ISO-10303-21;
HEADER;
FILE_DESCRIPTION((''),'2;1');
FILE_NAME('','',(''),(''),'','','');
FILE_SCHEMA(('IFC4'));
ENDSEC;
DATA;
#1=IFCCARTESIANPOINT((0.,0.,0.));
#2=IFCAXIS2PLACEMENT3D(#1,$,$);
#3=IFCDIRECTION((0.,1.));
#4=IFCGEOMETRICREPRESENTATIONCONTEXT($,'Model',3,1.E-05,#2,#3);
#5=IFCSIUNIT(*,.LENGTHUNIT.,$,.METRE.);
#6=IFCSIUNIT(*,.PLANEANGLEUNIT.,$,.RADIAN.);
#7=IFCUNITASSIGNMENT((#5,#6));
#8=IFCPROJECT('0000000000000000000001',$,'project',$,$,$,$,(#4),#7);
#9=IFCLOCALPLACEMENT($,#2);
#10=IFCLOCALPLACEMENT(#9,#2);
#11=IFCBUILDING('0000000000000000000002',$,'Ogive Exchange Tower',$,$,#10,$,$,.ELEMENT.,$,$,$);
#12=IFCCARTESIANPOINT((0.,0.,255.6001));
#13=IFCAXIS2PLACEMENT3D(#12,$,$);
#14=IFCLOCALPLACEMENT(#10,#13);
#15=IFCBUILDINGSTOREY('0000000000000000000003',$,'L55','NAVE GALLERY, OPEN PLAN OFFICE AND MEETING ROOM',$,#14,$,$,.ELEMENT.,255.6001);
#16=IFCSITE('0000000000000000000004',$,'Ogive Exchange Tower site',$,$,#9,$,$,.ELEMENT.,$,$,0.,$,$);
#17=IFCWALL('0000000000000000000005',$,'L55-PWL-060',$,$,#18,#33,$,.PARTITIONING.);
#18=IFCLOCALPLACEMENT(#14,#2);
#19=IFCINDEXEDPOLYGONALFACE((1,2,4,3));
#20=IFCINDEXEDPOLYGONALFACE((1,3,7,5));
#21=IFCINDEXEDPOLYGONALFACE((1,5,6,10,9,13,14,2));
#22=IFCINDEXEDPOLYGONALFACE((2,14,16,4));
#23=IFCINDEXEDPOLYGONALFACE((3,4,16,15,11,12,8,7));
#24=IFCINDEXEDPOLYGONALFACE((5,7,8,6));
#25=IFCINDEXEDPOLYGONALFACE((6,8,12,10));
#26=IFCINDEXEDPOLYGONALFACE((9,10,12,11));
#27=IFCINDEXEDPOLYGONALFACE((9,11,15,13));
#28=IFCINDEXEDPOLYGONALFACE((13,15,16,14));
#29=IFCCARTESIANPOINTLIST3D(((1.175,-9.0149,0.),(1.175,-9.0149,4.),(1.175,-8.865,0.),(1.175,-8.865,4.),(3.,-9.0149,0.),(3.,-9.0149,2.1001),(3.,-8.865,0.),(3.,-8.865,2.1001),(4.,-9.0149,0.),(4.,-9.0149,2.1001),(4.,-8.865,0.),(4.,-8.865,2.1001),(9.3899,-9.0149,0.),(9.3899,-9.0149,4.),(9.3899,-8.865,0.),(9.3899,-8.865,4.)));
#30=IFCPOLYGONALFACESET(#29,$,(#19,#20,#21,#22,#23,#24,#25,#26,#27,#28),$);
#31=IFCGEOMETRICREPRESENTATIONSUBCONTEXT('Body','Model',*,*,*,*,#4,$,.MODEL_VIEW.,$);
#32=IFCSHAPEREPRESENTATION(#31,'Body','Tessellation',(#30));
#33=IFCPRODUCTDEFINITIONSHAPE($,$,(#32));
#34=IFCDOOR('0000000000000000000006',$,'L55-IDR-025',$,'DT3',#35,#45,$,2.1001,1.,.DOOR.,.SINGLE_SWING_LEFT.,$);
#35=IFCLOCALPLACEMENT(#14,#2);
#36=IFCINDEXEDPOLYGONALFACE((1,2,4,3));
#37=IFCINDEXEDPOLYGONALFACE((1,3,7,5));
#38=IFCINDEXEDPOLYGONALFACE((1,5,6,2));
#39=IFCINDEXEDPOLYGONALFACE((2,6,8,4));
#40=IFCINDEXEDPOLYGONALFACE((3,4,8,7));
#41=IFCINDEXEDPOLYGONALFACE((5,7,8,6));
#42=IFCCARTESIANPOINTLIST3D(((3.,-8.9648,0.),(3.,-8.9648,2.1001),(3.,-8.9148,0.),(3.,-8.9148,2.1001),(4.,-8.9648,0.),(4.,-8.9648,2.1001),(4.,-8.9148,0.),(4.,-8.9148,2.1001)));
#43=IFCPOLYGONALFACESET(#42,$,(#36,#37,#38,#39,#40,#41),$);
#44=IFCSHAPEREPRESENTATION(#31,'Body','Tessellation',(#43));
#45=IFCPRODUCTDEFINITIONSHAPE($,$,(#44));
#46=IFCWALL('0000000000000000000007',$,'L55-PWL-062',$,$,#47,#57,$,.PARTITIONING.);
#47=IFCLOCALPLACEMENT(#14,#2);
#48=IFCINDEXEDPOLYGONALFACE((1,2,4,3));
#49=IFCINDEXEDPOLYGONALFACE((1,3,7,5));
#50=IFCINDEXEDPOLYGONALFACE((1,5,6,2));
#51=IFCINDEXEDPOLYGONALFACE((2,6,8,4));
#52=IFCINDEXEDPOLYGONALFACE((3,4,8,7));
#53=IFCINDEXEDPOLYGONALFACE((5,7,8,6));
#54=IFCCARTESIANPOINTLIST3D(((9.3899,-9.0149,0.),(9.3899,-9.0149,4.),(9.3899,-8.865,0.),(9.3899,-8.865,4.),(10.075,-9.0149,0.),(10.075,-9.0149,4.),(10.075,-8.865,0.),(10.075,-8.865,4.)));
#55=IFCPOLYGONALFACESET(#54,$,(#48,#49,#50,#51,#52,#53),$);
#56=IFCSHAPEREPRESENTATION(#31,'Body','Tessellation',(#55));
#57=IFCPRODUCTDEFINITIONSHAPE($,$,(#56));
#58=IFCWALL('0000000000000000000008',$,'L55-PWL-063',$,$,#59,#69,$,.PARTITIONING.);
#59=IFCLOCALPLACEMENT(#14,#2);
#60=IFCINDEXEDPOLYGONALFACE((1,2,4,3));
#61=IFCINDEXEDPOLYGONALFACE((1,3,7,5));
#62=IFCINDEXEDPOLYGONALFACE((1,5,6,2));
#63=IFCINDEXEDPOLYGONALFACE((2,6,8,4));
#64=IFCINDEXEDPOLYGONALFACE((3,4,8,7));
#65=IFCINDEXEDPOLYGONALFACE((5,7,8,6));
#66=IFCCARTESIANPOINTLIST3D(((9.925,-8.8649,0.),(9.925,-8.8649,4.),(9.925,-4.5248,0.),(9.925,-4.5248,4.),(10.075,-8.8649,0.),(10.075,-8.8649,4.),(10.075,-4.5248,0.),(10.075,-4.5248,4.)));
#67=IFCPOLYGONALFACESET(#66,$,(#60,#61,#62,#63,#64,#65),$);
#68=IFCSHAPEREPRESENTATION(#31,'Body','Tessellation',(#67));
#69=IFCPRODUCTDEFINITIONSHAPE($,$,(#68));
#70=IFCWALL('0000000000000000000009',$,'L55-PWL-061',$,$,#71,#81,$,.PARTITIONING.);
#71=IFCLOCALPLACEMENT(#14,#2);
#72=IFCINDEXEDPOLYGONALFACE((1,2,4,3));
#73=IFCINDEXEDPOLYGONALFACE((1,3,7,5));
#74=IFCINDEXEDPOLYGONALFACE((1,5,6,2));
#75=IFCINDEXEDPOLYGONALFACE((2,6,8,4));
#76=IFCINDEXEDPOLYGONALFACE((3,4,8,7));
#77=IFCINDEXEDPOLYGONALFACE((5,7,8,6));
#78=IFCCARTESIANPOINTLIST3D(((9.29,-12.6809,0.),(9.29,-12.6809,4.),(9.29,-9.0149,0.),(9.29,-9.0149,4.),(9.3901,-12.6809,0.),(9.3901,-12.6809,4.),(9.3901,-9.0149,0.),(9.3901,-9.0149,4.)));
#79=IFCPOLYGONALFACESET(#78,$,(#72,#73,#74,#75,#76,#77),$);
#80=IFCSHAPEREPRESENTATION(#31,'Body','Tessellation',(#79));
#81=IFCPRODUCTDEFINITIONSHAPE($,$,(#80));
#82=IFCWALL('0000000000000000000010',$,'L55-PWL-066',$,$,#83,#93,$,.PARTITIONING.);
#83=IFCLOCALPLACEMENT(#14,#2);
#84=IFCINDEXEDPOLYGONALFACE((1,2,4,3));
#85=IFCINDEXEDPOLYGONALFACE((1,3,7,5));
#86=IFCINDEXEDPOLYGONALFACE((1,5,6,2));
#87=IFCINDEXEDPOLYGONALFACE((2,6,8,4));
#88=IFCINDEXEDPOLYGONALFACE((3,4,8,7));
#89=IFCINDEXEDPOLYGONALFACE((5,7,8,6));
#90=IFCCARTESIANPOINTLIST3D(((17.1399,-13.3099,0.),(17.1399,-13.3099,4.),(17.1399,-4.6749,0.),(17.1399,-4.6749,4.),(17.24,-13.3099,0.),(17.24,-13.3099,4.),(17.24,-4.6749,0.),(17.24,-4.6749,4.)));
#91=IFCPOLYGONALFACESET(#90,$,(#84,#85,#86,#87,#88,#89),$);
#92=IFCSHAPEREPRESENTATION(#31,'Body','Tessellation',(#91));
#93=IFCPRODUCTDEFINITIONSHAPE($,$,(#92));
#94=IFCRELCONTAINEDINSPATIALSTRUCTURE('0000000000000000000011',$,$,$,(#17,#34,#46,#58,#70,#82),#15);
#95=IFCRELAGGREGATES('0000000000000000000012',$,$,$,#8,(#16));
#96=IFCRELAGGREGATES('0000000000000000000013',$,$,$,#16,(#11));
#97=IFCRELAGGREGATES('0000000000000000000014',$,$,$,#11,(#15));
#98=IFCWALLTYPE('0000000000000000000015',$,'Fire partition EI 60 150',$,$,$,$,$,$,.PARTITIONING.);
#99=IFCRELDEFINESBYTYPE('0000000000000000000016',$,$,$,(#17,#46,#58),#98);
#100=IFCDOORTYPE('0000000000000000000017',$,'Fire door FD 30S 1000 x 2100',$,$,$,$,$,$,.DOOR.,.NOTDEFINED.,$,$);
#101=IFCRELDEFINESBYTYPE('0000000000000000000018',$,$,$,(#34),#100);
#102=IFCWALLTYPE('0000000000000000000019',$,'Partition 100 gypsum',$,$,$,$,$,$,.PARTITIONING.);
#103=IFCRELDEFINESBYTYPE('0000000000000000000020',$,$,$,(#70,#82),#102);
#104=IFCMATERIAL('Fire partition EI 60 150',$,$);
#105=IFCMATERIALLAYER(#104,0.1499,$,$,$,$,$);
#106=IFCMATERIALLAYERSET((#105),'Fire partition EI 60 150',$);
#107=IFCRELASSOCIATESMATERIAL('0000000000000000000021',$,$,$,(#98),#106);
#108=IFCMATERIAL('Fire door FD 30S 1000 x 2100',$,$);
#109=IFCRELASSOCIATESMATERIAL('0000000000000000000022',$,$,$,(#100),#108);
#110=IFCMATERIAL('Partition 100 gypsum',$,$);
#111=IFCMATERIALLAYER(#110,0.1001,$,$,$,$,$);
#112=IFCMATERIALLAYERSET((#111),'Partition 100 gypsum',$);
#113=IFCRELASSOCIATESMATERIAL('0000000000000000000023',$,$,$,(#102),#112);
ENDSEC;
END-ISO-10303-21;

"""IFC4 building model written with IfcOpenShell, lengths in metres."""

from ifc_helpers import new_model, si_unit, direction, frame, frame_2d, origin, place, context, subcontext, project, spatial, rectangle, extrude, material, layer, layer_set, type_object, element, fill, save


model = new_model("IFC4")

# Units and contexts
model_context = context("Model", 3, precision=1e-05, world=origin(), true_north=direction((0.0, 1.0)))
body_context = subcontext(model_context, "Body", "Model", "MODEL_VIEW")
ifc_project = project(units=[si_unit("LENGTHUNIT", "METRE"), si_unit("PLANEANGLEUNIT", "RADIAN")], contexts=[model_context])

# Site, building, storey
site_placement = place(None, origin())
site = spatial("IfcSite", under=ifc_project, at=site_placement, Name="Ogive Exchange Tower site", CompositionType="ELEMENT", RefElevation=0.0)
building_placement = place(site_placement, origin())
building = spatial("IfcBuilding", under=site, at=building_placement, Name="Ogive Exchange Tower", CompositionType="ELEMENT")
storey_placement = place(building_placement, frame((0.0, 0.0, 255.6001)))
storey = spatial("IfcBuildingStorey", under=building, at=storey_placement, Name="L55", Description="NAVE GALLERY, OPEN PLAN OFFICE AND MEETING ROOM", CompositionType="ELEMENT", Elevation=255.6001)

# Shared definitions
ifc_material_1 = material(Name="Fire partition EI 60 150")
ifc_layer_1 = layer(ifc_material_1, 0.1499)
ifc_layer_set_1 = layer_set([ifc_layer_1], Name="Fire partition EI 60 150")
wall_type_1 = type_object("IfcWallType", Name="Fire partition EI 60 150", PredefinedType="PARTITIONING", material=ifc_layer_set_1)

# Wall, opening, door
wall_1_placement = place(storey_placement, frame((9.3899, -8.9399, 0.0), z_axis=(0.0, 0.0, 1.0), x_axis=(-1.0, 0.0, 0.0)))
wall_1 = element("IfcWall", 1, at=wall_1_placement, inside=storey, type_object=wall_type_1, Name="L55-PWL-060", PredefinedType="PARTITIONING", context=body_context, shape_type="SweptSolid", body=[
    extrude(rectangle(XDim=8.2148, YDim=0.1499, at=frame_2d((4.1074, 0.0))), origin(), (0.0, 0.0, 1.0), 4.0),
])
opening_1_placement = place(wall_1_placement, frame((5.3899, 0.0, 0.0)))
opening_1 = element("IfcOpeningElement", 2, at=opening_1_placement, cuts=wall_1, PredefinedType="OPENING", context=body_context, shape_type="SweptSolid", body=[
    extrude(rectangle(XDim=1.0, YDim=2.1001, at=frame_2d((0.5, 1.05))), frame((0.0, 0.085, 0.0), z_axis=(0.0, -1.0, 0.0), x_axis=(1.0, 0.0, 0.0)), (0.0, 0.0, 1.0), 0.1699),
])
ifc_material_2 = material(Name="Fire door FD 30S 1000 x 2100")
door_type_1 = type_object("IfcDoorType", Name="Fire door FD 30S 1000 x 2100", OperationType="NOTDEFINED", PredefinedType="DOOR", material=ifc_material_2)
door_1_placement = place(opening_1_placement, origin())
door_1 = element("IfcDoor", 3, at=door_1_placement, inside=storey, type_object=door_type_1, Name="L55-IDR-025", ObjectType="DT3", OperationType="SINGLE_SWING_LEFT", OverallHeight=2.1001, OverallWidth=1.0, PredefinedType="DOOR", context=body_context, shape_type="SweptSolid", body=[
    extrude(rectangle(XDim=1.0, YDim=2.1001, at=frame_2d((0.5, 1.05))), frame((0.0, 0.0249, 0.0), z_axis=(0.0, -1.0, 0.0), x_axis=(1.0, 0.0, 0.0)), (0.0, 0.0, 1.0), 0.05),
])
fill(opening_1, door_1)

# Walls
wall_2_placement = place(storey_placement, frame((10.075, -8.9399, 0.0), z_axis=(0.0, 0.0, 1.0), x_axis=(-1.0, 0.0, 0.0)))
element("IfcWall", 4, at=wall_2_placement, inside=storey, type_object=wall_type_1, Name="L55-PWL-062", PredefinedType="PARTITIONING", context=body_context, shape_type="SweptSolid", body=[
    extrude(rectangle(XDim=0.6851, YDim=0.1499, at=frame_2d((0.3425, 0.0))), origin(), (0.0, 0.0, 1.0), 4.0),
])
wall_3_placement = place(storey_placement, frame((10.0, -4.5249, 0.0), z_axis=(0.0, 0.0, 1.0), x_axis=(0.0, -1.0, 0.0)))
element("IfcWall", 5, at=wall_3_placement, inside=storey, type_object=wall_type_1, Name="L55-PWL-063", PredefinedType="PARTITIONING", context=body_context, shape_type="SweptSolid", body=[
    extrude(rectangle(XDim=4.3401, YDim=0.1499, at=frame_2d((2.1699, 0.0))), origin(), (0.0, 0.0, 1.0), 4.0),
])
ifc_material_3 = material(Name="Partition 100 gypsum")
ifc_layer_2 = layer(ifc_material_3, 0.1001)
ifc_layer_set_2 = layer_set([ifc_layer_2], Name="Partition 100 gypsum")
wall_type_2 = type_object("IfcWallType", Name="Partition 100 gypsum", PredefinedType="PARTITIONING", material=ifc_layer_set_2)
wall_4_placement = place(storey_placement, frame((9.3401, -9.0149, 0.0), z_axis=(0.0, 0.0, 1.0), x_axis=(0.0, -1.0, 0.0)))
element("IfcWall", 6, at=wall_4_placement, inside=storey, type_object=wall_type_2, Name="L55-PWL-061", PredefinedType="PARTITIONING", context=body_context, shape_type="SweptSolid", body=[
    extrude(rectangle(XDim=3.666, YDim=0.1001, at=frame_2d((1.833, 0.0))), origin(), (0.0, 0.0, 1.0), 4.0),
])
wall_5_placement = place(storey_placement, frame((17.1899, -4.675, 0.0), z_axis=(0.0, 0.0, 1.0), x_axis=(0.0, -1.0, 0.0)))
element("IfcWall", 7, at=wall_5_placement, inside=storey, type_object=wall_type_2, Name="L55-PWL-066", PredefinedType="PARTITIONING", context=body_context, shape_type="SweptSolid", body=[
    extrude(rectangle(XDim=8.635, YDim=0.1001, at=frame_2d((4.3174, 0.0))), origin(), (0.0, 0.0, 1.0), 4.0),
])

save(model, "model.ifc")
